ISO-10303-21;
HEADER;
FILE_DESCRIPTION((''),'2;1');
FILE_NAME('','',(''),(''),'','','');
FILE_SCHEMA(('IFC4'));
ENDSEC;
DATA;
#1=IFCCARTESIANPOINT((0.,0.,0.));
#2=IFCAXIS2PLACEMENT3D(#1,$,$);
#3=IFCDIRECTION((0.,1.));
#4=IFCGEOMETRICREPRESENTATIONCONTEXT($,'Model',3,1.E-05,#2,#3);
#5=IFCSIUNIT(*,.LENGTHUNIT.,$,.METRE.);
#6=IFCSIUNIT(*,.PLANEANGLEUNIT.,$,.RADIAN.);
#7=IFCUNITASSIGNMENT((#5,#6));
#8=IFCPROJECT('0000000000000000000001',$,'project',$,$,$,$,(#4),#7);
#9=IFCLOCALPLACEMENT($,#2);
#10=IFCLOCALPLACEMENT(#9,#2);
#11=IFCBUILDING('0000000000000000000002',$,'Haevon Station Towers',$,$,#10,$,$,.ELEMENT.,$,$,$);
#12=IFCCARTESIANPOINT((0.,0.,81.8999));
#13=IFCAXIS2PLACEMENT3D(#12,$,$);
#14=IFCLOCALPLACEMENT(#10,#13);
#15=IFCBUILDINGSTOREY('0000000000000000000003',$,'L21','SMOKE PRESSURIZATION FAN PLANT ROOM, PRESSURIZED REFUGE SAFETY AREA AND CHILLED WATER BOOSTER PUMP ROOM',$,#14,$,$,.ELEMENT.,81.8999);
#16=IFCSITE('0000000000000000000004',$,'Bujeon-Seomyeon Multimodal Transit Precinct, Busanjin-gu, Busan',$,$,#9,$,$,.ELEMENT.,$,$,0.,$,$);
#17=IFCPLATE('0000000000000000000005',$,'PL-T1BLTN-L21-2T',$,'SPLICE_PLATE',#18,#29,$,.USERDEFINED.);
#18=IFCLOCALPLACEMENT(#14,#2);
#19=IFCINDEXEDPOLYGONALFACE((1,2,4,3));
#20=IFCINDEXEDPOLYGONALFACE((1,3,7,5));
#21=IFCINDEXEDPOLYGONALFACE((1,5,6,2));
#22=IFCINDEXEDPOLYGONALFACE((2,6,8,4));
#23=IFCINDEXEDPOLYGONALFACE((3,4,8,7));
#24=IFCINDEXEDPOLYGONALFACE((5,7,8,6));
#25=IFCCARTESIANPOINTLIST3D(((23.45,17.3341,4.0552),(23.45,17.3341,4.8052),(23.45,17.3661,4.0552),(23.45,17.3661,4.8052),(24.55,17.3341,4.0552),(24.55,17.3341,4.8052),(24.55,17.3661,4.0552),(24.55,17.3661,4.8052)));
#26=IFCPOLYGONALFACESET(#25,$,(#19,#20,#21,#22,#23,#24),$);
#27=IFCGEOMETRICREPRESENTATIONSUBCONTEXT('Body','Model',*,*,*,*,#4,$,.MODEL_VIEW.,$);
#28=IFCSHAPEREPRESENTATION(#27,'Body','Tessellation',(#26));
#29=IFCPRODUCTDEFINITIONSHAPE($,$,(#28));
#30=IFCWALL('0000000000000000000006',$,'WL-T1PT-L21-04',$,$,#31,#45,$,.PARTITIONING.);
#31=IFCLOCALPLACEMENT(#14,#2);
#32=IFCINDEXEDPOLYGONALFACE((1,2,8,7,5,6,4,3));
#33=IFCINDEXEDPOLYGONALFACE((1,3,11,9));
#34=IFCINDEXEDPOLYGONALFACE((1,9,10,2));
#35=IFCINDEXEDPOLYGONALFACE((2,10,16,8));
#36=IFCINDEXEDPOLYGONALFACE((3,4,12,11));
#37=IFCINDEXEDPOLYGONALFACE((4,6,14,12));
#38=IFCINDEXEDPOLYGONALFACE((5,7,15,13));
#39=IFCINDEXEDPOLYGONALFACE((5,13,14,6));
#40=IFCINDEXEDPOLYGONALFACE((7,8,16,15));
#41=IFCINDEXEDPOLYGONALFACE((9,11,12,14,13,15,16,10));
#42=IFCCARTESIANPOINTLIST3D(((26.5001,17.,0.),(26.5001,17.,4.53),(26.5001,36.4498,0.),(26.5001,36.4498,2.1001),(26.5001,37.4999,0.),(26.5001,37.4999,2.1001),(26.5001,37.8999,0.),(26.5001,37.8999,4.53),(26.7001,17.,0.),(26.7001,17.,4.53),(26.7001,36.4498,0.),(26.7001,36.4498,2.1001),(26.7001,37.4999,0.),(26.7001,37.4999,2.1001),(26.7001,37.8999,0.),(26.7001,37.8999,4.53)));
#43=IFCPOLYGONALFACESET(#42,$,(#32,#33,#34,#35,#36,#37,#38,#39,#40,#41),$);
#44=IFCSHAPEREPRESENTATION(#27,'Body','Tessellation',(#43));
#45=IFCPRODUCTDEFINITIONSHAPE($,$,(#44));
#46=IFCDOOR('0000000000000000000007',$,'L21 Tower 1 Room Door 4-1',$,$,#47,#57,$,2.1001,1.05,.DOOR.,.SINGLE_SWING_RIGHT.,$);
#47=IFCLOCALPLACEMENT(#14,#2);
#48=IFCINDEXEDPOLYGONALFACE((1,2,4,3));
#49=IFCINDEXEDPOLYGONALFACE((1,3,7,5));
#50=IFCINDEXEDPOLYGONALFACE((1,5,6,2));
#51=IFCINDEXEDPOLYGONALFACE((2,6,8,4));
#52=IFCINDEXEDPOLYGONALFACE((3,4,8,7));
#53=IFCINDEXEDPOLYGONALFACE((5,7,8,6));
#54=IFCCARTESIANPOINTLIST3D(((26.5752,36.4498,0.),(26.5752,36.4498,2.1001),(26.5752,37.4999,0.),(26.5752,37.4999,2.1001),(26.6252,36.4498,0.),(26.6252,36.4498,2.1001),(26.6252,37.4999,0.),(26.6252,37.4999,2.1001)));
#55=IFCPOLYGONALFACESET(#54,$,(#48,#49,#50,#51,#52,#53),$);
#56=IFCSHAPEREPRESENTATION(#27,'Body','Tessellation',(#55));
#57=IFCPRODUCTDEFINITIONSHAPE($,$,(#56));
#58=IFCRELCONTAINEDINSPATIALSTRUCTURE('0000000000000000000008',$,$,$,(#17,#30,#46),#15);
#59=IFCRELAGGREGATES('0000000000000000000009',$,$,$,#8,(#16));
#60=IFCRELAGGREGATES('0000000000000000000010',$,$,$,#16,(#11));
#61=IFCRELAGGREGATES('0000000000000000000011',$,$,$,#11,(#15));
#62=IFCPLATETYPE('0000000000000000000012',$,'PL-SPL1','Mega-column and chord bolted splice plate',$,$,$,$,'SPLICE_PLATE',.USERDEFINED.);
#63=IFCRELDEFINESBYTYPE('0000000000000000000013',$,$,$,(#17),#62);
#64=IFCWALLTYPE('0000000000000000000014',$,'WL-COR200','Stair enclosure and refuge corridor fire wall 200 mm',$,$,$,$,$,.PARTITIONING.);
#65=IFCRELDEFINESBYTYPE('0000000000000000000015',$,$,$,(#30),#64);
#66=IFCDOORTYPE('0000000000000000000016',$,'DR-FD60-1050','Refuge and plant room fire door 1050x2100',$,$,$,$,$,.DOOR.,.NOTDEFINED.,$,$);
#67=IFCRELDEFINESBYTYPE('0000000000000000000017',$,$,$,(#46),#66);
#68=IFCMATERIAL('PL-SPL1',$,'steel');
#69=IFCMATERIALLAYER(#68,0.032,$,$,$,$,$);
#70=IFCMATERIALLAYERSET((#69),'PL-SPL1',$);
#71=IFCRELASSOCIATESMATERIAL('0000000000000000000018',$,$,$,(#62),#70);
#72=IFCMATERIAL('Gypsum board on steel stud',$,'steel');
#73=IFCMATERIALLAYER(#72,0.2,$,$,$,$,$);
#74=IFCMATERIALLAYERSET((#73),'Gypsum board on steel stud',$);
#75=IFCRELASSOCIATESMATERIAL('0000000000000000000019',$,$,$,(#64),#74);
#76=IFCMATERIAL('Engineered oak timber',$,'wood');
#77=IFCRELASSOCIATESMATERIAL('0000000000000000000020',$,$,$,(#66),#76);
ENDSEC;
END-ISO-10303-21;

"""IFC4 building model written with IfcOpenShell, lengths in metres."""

from ifc_helpers import new_model, si_unit, direction, frame, frame_2d, origin, origin_2d, place, context, subcontext, project, spatial, rectangle, extrude, material, layer, layer_set, type_object, element, fill, save


model = new_model("IFC4")

# Units and contexts
model_context = context("Model", 3, precision=1e-05, world=origin(), true_north=direction((0.0, 1.0)))
body_context = subcontext(model_context, "Body", "Model", "MODEL_VIEW")
ifc_project = project(units=[si_unit("LENGTHUNIT", "METRE"), si_unit("PLANEANGLEUNIT", "RADIAN")], contexts=[model_context])

# Site, building, storey
site_placement = place(None, origin())
site = spatial("IfcSite", under=ifc_project, at=site_placement, Name="Bujeon-Seomyeon Multimodal Transit Precinct, Busanjin-gu, Busan", CompositionType="ELEMENT", RefElevation=0.0)
building_placement = place(site_placement, origin())
building = spatial("IfcBuilding", under=site, at=building_placement, Name="Haevon Station Towers", CompositionType="ELEMENT")
storey_placement = place(building_placement, frame((0.0, 0.0, 81.8999)))
storey = spatial("IfcBuildingStorey", under=building, at=storey_placement, Name="L21", Description="SMOKE PRESSURIZATION FAN PLANT ROOM, PRESSURIZED REFUGE SAFETY AREA AND CHILLED WATER BOOSTER PUMP ROOM", CompositionType="ELEMENT", Elevation=81.8999)

# Plate
ifc_material_1 = material(Name="PL-SPL1", Category="steel")
ifc_layer_1 = layer(ifc_material_1, 0.032)
ifc_layer_set_1 = layer_set([ifc_layer_1], Name="PL-SPL1")
plate_type_1 = type_object("IfcPlateType", Name="PL-SPL1", Description="Mega-column and chord bolted splice plate", ElementType="SPLICE_PLATE", PredefinedType="USERDEFINED", material=ifc_layer_set_1)
for number, where, z_axis, x_axis, name in (
    (1, (24.0, 17.3501, 4.0552), (0.0, 0.0, 1.0), (1.0, 0.0, 0.0), "PL-T1BLTN-L21-2T"),
):
    element("IfcPlate", number, at=place(storey_placement, frame(where, z_axis=z_axis, x_axis=x_axis)), inside=storey, type_object=plate_type_1, Name=name, ObjectType="SPLICE_PLATE", PredefinedType="USERDEFINED", context=body_context, shape_type="SweptSolid", body=[
        extrude(rectangle(XDim=1.1001, YDim=0.032, at=origin_2d()), origin(), (0.0, 0.0, 1.0), 0.75),
    ])

# Wall, opening, door
ifc_material_2 = material(Name="Gypsum board on steel stud", Category="steel")
ifc_layer_2 = layer(ifc_material_2, 0.2)
ifc_layer_set_2 = layer_set([ifc_layer_2], Name="Gypsum board on steel stud")
wall_type = type_object("IfcWallType", Name="WL-COR200", Description="Stair enclosure and refuge corridor fire wall 200 mm", PredefinedType="PARTITIONING", material=ifc_layer_set_2)
wall_placement = place(storey_placement, frame((26.6001, 17.0, 0.0), z_axis=(0.0, 0.0, 1.0), x_axis=(0.0, 1.0, 0.0)))
wall = element("IfcWall", 2, at=wall_placement, inside=storey, type_object=wall_type, Name="WL-T1PT-L21-04", PredefinedType="PARTITIONING", context=body_context, shape_type="SweptSolid", body=[
    extrude(rectangle(XDim=20.8999, YDim=0.2, at=frame_2d((10.45, 0.0))), origin(), (0.0, 0.0, 1.0), 4.53),
])
opening_placement = place(wall_placement, frame((19.45, 0.0, 0.0)))
opening = element("IfcOpeningElement", 3, at=opening_placement, cuts=wall, PredefinedType="OPENING", context=body_context, shape_type="SweptSolid", body=[
    extrude(rectangle(XDim=1.05, YDim=2.1001, at=frame_2d((0.5249, 1.05))), frame((0.0, 0.1099, 0.0), z_axis=(0.0, -1.0, 0.0), x_axis=(1.0, 0.0, 0.0)), (0.0, 0.0, 1.0), 0.22),
])
ifc_material_3 = material(Name="Engineered oak timber", Category="wood")
door_type = type_object("IfcDoorType", Name="DR-FD60-1050", Description="Refuge and plant room fire door 1050x2100", OperationType="NOTDEFINED", PredefinedType="DOOR", material=ifc_material_3)
door_placement = place(opening_placement, origin())
door = element("IfcDoor", 4, at=door_placement, inside=storey, type_object=door_type, Name="L21 Tower 1 Room Door 4-1", OperationType="SINGLE_SWING_RIGHT", OverallHeight=2.1001, OverallWidth=1.05, PredefinedType="DOOR", context=body_context, shape_type="SweptSolid", body=[
    extrude(rectangle(XDim=1.05, YDim=2.1001, at=frame_2d((0.5249, 1.05))), frame((0.0, 0.0249, 0.0), z_axis=(0.0, -1.0, 0.0), x_axis=(1.0, 0.0, 0.0)), (0.0, 0.0, 1.0), 0.05),
])
fill(opening, door)

save(model, "model.ifc")
